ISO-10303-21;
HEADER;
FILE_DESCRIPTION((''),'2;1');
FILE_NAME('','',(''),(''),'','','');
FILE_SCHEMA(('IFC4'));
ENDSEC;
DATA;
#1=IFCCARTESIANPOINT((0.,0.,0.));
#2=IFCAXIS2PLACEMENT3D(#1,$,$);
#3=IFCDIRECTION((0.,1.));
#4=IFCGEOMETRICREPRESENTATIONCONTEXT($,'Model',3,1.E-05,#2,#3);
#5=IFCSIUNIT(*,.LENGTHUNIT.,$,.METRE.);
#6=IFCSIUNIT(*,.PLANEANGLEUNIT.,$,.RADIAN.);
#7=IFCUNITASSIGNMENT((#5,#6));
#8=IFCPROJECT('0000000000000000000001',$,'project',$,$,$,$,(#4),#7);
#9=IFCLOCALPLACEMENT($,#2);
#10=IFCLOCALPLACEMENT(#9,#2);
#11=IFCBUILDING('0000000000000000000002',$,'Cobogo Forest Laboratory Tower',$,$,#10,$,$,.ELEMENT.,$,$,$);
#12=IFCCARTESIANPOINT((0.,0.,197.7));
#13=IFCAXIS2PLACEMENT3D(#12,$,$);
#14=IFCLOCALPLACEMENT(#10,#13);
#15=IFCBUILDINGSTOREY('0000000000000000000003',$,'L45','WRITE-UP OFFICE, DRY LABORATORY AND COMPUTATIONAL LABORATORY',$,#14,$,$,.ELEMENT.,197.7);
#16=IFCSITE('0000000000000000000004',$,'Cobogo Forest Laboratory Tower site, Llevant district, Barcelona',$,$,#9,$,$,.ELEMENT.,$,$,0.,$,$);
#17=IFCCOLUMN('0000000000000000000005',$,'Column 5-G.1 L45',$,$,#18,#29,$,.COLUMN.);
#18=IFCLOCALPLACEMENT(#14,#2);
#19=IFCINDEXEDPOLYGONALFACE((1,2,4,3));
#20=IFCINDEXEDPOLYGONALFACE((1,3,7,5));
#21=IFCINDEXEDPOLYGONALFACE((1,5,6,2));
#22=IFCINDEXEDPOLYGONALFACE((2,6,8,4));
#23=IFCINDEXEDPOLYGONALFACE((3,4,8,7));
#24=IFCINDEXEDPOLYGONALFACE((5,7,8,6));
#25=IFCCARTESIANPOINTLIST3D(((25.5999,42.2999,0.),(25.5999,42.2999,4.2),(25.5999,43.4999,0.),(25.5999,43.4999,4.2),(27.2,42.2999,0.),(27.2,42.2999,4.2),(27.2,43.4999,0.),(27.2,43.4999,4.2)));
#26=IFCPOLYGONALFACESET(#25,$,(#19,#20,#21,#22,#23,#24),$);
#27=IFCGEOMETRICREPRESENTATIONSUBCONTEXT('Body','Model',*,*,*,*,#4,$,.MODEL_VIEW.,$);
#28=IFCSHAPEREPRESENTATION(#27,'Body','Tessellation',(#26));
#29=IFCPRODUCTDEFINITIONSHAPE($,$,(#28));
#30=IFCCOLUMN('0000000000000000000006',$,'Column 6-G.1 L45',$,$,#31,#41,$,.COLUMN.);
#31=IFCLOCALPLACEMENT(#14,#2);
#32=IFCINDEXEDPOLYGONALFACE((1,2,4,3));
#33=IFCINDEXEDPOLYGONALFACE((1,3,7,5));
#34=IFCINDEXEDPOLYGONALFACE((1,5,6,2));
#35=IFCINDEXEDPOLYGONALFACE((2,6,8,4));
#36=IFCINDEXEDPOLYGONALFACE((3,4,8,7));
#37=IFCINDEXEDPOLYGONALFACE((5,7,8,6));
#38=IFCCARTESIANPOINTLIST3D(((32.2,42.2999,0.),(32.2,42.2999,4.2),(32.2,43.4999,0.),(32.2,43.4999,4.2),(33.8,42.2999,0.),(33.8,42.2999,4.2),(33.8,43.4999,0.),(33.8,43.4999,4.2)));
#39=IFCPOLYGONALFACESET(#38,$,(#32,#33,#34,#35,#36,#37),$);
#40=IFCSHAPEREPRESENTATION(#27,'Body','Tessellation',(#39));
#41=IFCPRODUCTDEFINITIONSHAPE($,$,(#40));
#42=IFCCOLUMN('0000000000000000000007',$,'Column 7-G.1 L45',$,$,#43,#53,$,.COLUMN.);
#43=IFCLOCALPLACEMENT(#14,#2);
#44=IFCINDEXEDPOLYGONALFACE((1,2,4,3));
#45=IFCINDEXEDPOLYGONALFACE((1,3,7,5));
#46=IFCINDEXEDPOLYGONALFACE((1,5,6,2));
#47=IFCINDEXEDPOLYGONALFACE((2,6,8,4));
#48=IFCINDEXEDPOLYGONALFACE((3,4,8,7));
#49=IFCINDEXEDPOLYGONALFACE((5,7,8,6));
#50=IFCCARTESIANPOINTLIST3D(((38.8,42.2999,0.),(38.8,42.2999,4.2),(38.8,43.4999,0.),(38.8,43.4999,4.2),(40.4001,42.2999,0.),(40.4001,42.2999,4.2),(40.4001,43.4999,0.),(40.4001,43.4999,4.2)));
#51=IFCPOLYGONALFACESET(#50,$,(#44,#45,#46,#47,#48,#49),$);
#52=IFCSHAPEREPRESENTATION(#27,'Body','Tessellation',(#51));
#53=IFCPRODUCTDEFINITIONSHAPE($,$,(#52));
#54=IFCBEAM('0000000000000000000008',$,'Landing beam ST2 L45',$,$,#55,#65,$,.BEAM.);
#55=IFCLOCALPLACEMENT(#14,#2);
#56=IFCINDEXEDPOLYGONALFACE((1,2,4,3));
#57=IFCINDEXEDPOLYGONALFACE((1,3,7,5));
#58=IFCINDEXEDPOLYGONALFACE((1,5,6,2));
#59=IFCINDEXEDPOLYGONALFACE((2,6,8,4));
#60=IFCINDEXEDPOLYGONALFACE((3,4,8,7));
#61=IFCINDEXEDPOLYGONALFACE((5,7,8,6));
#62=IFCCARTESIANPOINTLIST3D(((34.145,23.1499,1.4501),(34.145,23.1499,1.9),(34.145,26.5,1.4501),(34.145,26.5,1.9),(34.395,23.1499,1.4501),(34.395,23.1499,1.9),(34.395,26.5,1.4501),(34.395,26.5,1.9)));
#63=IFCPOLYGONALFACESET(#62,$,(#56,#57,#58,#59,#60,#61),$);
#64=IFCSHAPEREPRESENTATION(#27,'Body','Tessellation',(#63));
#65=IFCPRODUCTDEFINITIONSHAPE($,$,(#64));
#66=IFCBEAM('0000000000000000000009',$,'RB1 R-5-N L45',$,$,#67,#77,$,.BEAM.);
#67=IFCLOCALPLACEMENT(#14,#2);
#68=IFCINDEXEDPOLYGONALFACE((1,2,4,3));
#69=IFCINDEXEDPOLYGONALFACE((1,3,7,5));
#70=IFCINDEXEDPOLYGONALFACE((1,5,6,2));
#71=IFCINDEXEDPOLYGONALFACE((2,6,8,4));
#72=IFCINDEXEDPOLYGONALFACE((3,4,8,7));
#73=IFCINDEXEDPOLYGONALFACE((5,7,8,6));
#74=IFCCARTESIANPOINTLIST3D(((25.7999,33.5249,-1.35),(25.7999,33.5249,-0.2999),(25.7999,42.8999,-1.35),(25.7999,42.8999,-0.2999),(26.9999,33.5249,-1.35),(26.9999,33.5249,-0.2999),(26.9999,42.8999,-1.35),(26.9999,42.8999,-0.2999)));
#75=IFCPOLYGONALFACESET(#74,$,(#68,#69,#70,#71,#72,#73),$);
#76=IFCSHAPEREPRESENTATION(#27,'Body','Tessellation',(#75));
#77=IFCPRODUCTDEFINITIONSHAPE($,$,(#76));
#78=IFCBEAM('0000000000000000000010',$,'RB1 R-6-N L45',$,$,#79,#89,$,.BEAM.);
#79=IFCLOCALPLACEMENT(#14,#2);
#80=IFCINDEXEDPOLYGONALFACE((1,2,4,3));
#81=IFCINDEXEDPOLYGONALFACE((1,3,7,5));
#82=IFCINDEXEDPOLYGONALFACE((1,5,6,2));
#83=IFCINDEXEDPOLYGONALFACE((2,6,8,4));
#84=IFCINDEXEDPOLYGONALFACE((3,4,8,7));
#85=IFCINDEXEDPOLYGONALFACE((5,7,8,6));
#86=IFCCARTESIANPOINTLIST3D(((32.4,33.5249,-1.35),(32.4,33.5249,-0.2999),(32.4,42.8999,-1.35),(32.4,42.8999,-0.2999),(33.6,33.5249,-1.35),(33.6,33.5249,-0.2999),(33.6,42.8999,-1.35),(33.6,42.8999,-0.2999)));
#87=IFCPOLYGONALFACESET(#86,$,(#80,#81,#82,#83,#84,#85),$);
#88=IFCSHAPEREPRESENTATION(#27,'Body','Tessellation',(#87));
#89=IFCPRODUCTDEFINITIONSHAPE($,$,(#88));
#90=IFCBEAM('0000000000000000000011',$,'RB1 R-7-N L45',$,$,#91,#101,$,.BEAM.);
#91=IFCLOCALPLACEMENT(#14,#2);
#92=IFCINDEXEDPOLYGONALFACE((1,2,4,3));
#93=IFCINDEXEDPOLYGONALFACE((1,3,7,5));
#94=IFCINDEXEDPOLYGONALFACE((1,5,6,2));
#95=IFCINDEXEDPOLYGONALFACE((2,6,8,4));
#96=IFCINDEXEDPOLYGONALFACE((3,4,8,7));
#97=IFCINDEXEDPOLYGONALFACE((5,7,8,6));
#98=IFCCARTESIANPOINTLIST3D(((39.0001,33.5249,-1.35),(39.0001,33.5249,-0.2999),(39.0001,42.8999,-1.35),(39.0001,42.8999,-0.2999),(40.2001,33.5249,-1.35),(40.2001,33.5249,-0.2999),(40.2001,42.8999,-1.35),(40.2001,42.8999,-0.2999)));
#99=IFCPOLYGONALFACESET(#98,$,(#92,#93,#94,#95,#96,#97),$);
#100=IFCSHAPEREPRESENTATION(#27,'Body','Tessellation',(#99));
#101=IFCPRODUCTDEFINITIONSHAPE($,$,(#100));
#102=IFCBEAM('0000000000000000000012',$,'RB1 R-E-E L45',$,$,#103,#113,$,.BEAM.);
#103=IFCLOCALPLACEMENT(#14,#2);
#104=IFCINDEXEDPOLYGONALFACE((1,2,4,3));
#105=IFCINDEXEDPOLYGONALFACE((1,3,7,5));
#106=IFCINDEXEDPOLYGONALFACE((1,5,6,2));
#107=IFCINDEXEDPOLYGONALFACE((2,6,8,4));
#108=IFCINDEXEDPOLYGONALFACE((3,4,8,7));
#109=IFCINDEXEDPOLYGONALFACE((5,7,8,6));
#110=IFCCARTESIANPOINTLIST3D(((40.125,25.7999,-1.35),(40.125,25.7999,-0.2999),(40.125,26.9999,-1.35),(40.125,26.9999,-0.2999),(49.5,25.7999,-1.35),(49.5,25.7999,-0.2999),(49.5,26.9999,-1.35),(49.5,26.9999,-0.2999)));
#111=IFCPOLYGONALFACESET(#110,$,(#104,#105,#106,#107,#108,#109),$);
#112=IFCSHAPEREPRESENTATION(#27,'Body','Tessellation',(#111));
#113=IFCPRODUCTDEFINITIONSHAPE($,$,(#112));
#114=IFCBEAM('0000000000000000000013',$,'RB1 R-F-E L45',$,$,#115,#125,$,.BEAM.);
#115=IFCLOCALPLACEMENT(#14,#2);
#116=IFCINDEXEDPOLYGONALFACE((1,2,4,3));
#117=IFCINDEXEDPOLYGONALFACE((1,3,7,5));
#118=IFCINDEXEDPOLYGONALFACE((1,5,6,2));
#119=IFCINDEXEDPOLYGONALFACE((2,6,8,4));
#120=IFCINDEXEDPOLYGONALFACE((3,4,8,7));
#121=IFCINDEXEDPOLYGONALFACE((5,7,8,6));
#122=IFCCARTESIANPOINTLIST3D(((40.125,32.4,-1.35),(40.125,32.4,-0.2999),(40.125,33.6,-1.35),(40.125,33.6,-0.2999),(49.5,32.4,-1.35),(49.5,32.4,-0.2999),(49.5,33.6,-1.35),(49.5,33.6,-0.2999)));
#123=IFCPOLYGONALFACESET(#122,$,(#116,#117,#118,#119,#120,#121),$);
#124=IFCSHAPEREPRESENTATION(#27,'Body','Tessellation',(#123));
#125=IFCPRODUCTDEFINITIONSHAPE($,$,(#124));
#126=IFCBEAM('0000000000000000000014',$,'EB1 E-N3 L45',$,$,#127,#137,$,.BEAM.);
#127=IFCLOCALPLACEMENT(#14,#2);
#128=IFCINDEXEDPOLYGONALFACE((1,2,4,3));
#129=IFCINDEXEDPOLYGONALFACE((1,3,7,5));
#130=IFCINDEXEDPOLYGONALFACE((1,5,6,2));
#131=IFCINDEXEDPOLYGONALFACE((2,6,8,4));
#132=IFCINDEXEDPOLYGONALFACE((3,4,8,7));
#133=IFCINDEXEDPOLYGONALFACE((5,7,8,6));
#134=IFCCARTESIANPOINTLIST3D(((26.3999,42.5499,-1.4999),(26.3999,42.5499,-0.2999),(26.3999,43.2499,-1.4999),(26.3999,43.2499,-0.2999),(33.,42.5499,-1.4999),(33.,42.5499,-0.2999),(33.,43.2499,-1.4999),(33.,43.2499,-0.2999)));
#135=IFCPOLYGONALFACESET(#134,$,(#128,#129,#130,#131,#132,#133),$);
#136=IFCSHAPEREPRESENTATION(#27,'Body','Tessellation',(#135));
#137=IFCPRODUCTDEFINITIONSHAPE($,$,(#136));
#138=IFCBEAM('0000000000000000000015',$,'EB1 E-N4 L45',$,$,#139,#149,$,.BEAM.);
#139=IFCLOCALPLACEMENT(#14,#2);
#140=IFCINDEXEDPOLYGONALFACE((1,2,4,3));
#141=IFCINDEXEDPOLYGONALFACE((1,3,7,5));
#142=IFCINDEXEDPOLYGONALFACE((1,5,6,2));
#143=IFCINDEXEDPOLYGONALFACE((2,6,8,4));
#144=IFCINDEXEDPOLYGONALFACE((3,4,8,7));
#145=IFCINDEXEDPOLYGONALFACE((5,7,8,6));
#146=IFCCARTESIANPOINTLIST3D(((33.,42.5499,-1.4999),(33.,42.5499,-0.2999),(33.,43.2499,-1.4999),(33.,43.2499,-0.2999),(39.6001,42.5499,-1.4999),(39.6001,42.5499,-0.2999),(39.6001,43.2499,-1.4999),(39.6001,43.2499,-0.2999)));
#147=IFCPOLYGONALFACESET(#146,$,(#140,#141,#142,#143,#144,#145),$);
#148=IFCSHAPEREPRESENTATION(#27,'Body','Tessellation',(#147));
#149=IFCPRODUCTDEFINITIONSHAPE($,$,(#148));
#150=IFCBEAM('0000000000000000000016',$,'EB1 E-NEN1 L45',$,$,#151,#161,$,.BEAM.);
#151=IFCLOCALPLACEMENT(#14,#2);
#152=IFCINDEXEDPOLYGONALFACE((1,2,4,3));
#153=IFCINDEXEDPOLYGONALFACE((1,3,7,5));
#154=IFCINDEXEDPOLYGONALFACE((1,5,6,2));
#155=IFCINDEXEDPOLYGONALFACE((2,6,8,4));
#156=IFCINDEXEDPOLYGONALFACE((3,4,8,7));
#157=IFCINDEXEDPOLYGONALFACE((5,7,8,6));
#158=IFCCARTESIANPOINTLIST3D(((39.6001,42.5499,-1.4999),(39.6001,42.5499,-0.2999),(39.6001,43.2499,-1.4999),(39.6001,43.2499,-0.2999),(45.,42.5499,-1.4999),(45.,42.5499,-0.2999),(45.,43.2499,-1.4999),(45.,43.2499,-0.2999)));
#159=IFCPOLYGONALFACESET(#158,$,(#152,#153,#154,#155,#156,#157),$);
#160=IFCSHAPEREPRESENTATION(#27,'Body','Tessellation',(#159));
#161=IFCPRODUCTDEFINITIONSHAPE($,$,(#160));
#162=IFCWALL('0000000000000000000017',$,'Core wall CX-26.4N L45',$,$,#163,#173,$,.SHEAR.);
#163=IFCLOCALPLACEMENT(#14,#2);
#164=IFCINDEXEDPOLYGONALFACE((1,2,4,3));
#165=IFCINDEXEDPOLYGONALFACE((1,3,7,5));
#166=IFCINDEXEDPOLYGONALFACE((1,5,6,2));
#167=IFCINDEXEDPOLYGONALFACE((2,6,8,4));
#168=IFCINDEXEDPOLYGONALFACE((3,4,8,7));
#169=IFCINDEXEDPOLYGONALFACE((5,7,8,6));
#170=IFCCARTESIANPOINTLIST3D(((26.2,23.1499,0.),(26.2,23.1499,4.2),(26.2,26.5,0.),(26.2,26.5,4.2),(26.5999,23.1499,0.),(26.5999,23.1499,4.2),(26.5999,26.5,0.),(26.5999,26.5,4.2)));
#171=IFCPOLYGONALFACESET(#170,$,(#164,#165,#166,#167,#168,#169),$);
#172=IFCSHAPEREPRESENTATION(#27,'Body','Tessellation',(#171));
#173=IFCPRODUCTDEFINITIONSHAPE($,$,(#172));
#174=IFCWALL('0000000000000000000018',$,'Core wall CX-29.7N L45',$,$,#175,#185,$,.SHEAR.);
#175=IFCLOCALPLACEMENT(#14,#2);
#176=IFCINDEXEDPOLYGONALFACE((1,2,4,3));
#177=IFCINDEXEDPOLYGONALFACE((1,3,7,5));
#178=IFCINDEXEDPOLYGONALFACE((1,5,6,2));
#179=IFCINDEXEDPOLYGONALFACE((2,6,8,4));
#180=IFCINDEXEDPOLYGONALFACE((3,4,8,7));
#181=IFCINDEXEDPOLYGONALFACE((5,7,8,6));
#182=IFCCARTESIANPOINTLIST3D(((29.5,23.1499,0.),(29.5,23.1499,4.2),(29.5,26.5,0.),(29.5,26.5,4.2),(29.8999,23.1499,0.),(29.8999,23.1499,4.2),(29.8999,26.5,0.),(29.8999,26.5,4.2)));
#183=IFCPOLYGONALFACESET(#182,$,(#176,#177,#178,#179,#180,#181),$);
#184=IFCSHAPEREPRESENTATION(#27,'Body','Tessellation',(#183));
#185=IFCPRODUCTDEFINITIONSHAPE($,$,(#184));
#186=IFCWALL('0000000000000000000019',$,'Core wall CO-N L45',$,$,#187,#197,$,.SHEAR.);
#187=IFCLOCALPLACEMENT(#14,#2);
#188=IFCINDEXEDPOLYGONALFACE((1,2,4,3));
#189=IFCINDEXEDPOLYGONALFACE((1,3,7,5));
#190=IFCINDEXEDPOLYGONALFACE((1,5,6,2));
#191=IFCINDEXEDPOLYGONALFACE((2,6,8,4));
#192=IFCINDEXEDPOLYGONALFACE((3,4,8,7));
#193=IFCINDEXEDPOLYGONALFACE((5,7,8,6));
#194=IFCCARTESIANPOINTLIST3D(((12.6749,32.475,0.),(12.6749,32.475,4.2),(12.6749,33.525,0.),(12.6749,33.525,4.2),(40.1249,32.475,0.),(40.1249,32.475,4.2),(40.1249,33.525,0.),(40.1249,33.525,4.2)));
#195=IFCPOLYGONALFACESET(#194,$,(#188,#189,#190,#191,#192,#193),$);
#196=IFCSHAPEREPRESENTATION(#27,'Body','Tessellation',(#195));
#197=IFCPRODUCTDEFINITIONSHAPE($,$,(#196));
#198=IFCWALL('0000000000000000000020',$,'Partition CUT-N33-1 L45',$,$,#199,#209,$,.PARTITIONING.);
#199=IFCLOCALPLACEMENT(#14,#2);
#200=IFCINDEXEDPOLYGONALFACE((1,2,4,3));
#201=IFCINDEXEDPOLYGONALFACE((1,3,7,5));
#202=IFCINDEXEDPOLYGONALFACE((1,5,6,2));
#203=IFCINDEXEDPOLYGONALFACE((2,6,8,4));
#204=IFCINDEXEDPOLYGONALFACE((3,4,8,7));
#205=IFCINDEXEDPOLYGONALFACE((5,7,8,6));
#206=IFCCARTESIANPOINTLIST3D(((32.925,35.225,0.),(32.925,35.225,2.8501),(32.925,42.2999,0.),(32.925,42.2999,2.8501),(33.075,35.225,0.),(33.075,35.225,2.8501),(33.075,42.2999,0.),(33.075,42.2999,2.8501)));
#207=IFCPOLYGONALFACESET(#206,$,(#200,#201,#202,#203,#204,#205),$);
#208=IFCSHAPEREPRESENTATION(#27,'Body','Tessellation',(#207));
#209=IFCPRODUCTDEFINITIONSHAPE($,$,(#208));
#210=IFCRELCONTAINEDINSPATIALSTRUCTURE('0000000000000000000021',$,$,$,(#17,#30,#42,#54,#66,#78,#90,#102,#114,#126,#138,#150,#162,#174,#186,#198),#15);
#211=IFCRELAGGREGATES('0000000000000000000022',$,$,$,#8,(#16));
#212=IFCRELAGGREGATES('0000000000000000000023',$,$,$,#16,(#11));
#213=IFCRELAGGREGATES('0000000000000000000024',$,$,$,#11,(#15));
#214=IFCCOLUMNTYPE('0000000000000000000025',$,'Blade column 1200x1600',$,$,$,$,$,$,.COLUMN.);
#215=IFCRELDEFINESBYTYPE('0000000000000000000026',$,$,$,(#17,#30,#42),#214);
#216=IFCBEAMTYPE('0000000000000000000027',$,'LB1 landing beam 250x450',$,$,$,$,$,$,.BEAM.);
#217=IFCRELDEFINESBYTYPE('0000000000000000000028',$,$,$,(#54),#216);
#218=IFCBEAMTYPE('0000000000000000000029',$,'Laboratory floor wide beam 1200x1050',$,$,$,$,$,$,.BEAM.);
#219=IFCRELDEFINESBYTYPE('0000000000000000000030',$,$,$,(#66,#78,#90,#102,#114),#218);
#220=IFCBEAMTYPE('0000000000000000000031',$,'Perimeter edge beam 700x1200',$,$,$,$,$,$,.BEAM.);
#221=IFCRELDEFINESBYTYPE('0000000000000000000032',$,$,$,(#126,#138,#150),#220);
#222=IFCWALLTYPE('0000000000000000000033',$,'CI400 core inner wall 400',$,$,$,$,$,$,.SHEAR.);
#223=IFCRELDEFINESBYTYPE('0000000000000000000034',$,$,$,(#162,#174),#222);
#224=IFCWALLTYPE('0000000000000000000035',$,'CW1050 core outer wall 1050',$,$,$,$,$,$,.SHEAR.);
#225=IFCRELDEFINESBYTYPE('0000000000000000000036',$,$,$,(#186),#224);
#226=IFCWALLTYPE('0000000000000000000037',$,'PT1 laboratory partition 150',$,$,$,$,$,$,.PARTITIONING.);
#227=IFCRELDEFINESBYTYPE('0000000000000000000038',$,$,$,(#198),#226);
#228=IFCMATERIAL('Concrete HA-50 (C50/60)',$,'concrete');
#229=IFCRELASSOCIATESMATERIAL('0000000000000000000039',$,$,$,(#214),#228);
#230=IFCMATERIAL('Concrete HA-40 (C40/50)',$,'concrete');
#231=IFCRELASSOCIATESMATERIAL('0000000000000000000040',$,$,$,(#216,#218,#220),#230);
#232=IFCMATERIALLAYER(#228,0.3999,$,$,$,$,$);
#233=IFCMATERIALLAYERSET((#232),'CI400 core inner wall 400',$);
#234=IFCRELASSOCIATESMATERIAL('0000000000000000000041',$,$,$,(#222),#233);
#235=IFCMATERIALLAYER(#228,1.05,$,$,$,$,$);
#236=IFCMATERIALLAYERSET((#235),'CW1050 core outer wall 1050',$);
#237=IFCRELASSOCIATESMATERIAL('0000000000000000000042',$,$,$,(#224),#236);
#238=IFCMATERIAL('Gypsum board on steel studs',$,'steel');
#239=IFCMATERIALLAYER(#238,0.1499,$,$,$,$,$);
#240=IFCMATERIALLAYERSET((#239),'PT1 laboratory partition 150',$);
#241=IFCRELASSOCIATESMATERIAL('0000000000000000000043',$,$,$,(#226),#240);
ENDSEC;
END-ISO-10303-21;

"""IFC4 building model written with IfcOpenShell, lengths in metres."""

from ifc_helpers import new_model, si_unit, direction, frame, frame_2d, origin, origin_2d, place, context, subcontext, project, spatial, rectangle, extrude, material, layer, layer_set, material_profile, profile_set, type_object, element, save


model = new_model("IFC4")

# Units and contexts
model_context = context("Model", 3, precision=1e-05, world=origin(), true_north=direction((0.0, 1.0)))
body_context = subcontext(model_context, "Body", "Model", "MODEL_VIEW")
ifc_project = project(units=[si_unit("LENGTHUNIT", "METRE"), si_unit("PLANEANGLEUNIT", "RADIAN")], contexts=[model_context])

# Site, building, storey
site_placement = place(None, origin())
site = spatial("IfcSite", under=ifc_project, at=site_placement, Name="Cobogo Forest Laboratory Tower site, Llevant district, Barcelona", CompositionType="ELEMENT", RefElevation=0.0)
building_placement = place(site_placement, origin())
building = spatial("IfcBuilding", under=site, at=building_placement, Name="Cobogo Forest Laboratory Tower", CompositionType="ELEMENT")
storey_placement = place(building_placement, frame((0.0, 0.0, 197.7)))
storey = spatial("IfcBuildingStorey", under=building, at=storey_placement, Name="L45", Description="WRITE-UP OFFICE, DRY LABORATORY AND COMPUTATIONAL LABORATORY", CompositionType="ELEMENT", Elevation=197.7)

# Columns
ifc_material_1 = material(Name="Concrete HA-50 (C50/60)", Category="concrete")
ifc_material_profile_1 = material_profile(ifc_material_1, rectangle(XDim=1.6001, YDim=1.2, at=origin_2d()), Name="RC 1200x1600")
ifc_profile_set_1 = profile_set([ifc_material_profile_1], Name="Concrete HA-50 (C50/60)")
column_type = type_object("IfcColumnType", Name="Blade column 1200x1600", PredefinedType="COLUMN", material=ifc_profile_set_1)
for number, where, z_axis, x_axis, name in (
    (1, (26.3999, 42.8999, 0.0), (0.0, 0.0, 1.0), (1.0, 0.0, 0.0), "Column 5-G.1 L45"),
    (2, (33.0, 42.8999, 0.0), (0.0, 0.0, 1.0), (1.0, 0.0, 0.0), "Column 6-G.1 L45"),
    (3, (39.6001, 42.8999, 0.0), (0.0, 0.0, 1.0), (1.0, 0.0, 0.0), "Column 7-G.1 L45"),
):
    element("IfcColumn", number, at=place(storey_placement, frame(where, z_axis=z_axis, x_axis=x_axis)), inside=storey, type_object=column_type, Name=name, PredefinedType="COLUMN", context=body_context, shape_type="SweptSolid", body=[
        extrude(rectangle(XDim=1.6001, YDim=1.2, at=origin_2d()), origin(), (0.0, 0.0, 1.0), 4.2),
    ])

# Beams
ifc_material_2 = material(Name="Concrete HA-40 (C40/50)", Category="concrete")
ifc_material_profile_2 = material_profile(ifc_material_2, rectangle(XDim=0.25, YDim=0.45, at=origin_2d()), Name="RC 250x450")
ifc_profile_set_2 = profile_set([ifc_material_profile_2], Name="Concrete HA-40 (C40/50)")
beam_type_1 = type_object("IfcBeamType", Name="LB1 landing beam 250x450", PredefinedType="BEAM", material=ifc_profile_set_2)
beam_1_placement = place(storey_placement, frame((34.27, 23.1499, 1.675), z_axis=(0.0, 1.0, 0.0), x_axis=(-1.0, 0.0, 0.0)))
element("IfcBeam", 4, at=beam_1_placement, inside=storey, type_object=beam_type_1, Name="Landing beam ST2 L45", PredefinedType="BEAM", context=body_context, shape_type="SweptSolid", body=[
    extrude(rectangle(XDim=0.25, YDim=0.45, at=origin_2d()), origin(), (0.0, 0.0, 1.0), 3.3501),
])
ifc_material_profile_3 = material_profile(ifc_material_2, rectangle(XDim=1.2, YDim=1.05, at=origin_2d()), Name="RC 1200x1050")
ifc_profile_set_3 = profile_set([ifc_material_profile_3], Name="Concrete HA-40 (C40/50)")
beam_type_2 = type_object("IfcBeamType", Name="Laboratory floor wide beam 1200x1050", PredefinedType="BEAM", material=ifc_profile_set_3)
for number, where, z_axis, x_axis, name in (
    (5, (26.3999, 33.5249, -0.825), (0.0, 1.0, 0.0), (-1.0, 0.0, 0.0), "RB1 R-5-N L45"),
    (6, (33.0, 33.5249, -0.825), (0.0, 1.0, 0.0), (-1.0, 0.0, 0.0), "RB1 R-6-N L45"),
    (7, (39.6001, 33.5249, -0.825), (0.0, 1.0, 0.0), (-1.0, 0.0, 0.0), "RB1 R-7-N L45"),
    (8, (40.125, 26.3999, -0.825), (1.0, 0.0, 0.0), (0.0, 1.0, 0.0), "RB1 R-E-E L45"),
    (9, (40.125, 33.0, -0.825), (1.0, 0.0, 0.0), (0.0, 1.0, 0.0), "RB1 R-F-E L45"),
):
    element("IfcBeam", number, at=place(storey_placement, frame(where, z_axis=z_axis, x_axis=x_axis)), inside=storey, type_object=beam_type_2, Name=name, PredefinedType="BEAM", context=body_context, shape_type="SweptSolid", body=[
        extrude(rectangle(XDim=1.2, YDim=1.05, at=origin_2d()), origin(), (0.0, 0.0, 1.0), 9.375),
    ])
ifc_material_profile_4 = material_profile(ifc_material_2, rectangle(XDim=0.7, YDim=1.2, at=origin_2d()), Name="RC 700x1200")
ifc_profile_set_4 = profile_set([ifc_material_profile_4], Name="Concrete HA-40 (C40/50)")
beam_type_3 = type_object("IfcBeamType", Name="Perimeter edge beam 700x1200", PredefinedType="BEAM", material=ifc_profile_set_4)
for number, where, z_axis, x_axis, name in (
    (10, (26.3999, 42.8999, -0.8999), (1.0, 0.0, 0.0), (0.0, 1.0, 0.0), "EB1 E-N3 L45"),
    (11, (33.0, 42.8999, -0.8999), (1.0, 0.0, 0.0), (0.0, 1.0, 0.0), "EB1 E-N4 L45"),
):
    element("IfcBeam", number, at=place(storey_placement, frame(where, z_axis=z_axis, x_axis=x_axis)), inside=storey, type_object=beam_type_3, Name=name, PredefinedType="BEAM", context=body_context, shape_type="SweptSolid", body=[
        extrude(rectangle(XDim=0.7, YDim=1.2, at=origin_2d()), origin(), (0.0, 0.0, 1.0), 6.6001),
    ])
beam_2_placement = place(storey_placement, frame((39.6001, 42.8999, -0.8999), z_axis=(1.0, 0.0, 0.0), x_axis=(0.0, 1.0, 0.0)))
element("IfcBeam", 12, at=beam_2_placement, inside=storey, type_object=beam_type_3, Name="EB1 E-NEN1 L45", PredefinedType="BEAM", context=body_context, shape_type="SweptSolid", body=[
    extrude(rectangle(XDim=0.7, YDim=1.2, at=origin_2d()), origin(), (0.0, 0.0, 1.0), 5.3999),
])

# Walls
ifc_layer_1 = layer(ifc_material_1, 0.3999)
ifc_layer_set_1 = layer_set([ifc_layer_1], Name="CI400 core inner wall 400")
wall_type_1 = type_object("IfcWallType", Name="CI400 core inner wall 400", PredefinedType="SHEAR", material=ifc_layer_set_1)
for number, where, z_axis, x_axis, name in (
    (13, (26.3999, 23.1499, 0.0), (0.0, 0.0, 1.0), (0.0, 1.0, 0.0), "Core wall CX-26.4N L45"),
    (14, (29.7, 23.1499, 0.0), (0.0, 0.0, 1.0), (0.0, 1.0, 0.0), "Core wall CX-29.7N L45"),
):
    element("IfcWall", number, at=place(storey_placement, frame(where, z_axis=z_axis, x_axis=x_axis)), inside=storey, type_object=wall_type_1, Name=name, PredefinedType="SHEAR", context=body_context, shape_type="SweptSolid", body=[
        extrude(rectangle(XDim=3.3501, YDim=0.3999, at=frame_2d((1.675, 0.0))), origin(), (0.0, 0.0, 1.0), 4.2),
    ])
ifc_layer_2 = layer(ifc_material_1, 1.05)
ifc_layer_set_2 = layer_set([ifc_layer_2], Name="CW1050 core outer wall 1050")
wall_type_2 = type_object("IfcWallType", Name="CW1050 core outer wall 1050", PredefinedType="SHEAR", material=ifc_layer_set_2)
wall_1_placement = place(storey_placement, frame((40.125, 33.0, 0.0), z_axis=(0.0, 0.0, 1.0), x_axis=(-1.0, 0.0, 0.0)))
element("IfcWall", 15, at=wall_1_placement, inside=storey, type_object=wall_type_2, Name="Core wall CO-N L45", PredefinedType="SHEAR", context=body_context, shape_type="SweptSolid", body=[
    extrude(rectangle(XDim=27.45, YDim=1.05, at=frame_2d((13.7251, 0.0))), origin(), (0.0, 0.0, 1.0), 4.2),
])
ifc_material_3 = material(Name="Gypsum board on steel studs", Category="steel")
ifc_layer_3 = layer(ifc_material_3, 0.1499)
ifc_layer_set_3 = layer_set([ifc_layer_3], Name="PT1 laboratory partition 150")
wall_type_3 = type_object("IfcWallType", Name="PT1 laboratory partition 150", PredefinedType="PARTITIONING", material=ifc_layer_set_3)
wall_2_placement = place(storey_placement, frame((33.0, 42.3, 0.0), z_axis=(0.0, 0.0, 1.0), x_axis=(0.0, -1.0, 0.0)))
element("IfcWall", 16, at=wall_2_placement, inside=storey, type_object=wall_type_3, Name="Partition CUT-N33-1 L45", PredefinedType="PARTITIONING", context=body_context, shape_type="SweptSolid", body=[
    extrude(rectangle(XDim=7.075, YDim=0.1499, at=frame_2d((3.5376, 0.0))), origin(), (0.0, 0.0, 1.0), 2.8501),
])

save(model, "model.ifc")
